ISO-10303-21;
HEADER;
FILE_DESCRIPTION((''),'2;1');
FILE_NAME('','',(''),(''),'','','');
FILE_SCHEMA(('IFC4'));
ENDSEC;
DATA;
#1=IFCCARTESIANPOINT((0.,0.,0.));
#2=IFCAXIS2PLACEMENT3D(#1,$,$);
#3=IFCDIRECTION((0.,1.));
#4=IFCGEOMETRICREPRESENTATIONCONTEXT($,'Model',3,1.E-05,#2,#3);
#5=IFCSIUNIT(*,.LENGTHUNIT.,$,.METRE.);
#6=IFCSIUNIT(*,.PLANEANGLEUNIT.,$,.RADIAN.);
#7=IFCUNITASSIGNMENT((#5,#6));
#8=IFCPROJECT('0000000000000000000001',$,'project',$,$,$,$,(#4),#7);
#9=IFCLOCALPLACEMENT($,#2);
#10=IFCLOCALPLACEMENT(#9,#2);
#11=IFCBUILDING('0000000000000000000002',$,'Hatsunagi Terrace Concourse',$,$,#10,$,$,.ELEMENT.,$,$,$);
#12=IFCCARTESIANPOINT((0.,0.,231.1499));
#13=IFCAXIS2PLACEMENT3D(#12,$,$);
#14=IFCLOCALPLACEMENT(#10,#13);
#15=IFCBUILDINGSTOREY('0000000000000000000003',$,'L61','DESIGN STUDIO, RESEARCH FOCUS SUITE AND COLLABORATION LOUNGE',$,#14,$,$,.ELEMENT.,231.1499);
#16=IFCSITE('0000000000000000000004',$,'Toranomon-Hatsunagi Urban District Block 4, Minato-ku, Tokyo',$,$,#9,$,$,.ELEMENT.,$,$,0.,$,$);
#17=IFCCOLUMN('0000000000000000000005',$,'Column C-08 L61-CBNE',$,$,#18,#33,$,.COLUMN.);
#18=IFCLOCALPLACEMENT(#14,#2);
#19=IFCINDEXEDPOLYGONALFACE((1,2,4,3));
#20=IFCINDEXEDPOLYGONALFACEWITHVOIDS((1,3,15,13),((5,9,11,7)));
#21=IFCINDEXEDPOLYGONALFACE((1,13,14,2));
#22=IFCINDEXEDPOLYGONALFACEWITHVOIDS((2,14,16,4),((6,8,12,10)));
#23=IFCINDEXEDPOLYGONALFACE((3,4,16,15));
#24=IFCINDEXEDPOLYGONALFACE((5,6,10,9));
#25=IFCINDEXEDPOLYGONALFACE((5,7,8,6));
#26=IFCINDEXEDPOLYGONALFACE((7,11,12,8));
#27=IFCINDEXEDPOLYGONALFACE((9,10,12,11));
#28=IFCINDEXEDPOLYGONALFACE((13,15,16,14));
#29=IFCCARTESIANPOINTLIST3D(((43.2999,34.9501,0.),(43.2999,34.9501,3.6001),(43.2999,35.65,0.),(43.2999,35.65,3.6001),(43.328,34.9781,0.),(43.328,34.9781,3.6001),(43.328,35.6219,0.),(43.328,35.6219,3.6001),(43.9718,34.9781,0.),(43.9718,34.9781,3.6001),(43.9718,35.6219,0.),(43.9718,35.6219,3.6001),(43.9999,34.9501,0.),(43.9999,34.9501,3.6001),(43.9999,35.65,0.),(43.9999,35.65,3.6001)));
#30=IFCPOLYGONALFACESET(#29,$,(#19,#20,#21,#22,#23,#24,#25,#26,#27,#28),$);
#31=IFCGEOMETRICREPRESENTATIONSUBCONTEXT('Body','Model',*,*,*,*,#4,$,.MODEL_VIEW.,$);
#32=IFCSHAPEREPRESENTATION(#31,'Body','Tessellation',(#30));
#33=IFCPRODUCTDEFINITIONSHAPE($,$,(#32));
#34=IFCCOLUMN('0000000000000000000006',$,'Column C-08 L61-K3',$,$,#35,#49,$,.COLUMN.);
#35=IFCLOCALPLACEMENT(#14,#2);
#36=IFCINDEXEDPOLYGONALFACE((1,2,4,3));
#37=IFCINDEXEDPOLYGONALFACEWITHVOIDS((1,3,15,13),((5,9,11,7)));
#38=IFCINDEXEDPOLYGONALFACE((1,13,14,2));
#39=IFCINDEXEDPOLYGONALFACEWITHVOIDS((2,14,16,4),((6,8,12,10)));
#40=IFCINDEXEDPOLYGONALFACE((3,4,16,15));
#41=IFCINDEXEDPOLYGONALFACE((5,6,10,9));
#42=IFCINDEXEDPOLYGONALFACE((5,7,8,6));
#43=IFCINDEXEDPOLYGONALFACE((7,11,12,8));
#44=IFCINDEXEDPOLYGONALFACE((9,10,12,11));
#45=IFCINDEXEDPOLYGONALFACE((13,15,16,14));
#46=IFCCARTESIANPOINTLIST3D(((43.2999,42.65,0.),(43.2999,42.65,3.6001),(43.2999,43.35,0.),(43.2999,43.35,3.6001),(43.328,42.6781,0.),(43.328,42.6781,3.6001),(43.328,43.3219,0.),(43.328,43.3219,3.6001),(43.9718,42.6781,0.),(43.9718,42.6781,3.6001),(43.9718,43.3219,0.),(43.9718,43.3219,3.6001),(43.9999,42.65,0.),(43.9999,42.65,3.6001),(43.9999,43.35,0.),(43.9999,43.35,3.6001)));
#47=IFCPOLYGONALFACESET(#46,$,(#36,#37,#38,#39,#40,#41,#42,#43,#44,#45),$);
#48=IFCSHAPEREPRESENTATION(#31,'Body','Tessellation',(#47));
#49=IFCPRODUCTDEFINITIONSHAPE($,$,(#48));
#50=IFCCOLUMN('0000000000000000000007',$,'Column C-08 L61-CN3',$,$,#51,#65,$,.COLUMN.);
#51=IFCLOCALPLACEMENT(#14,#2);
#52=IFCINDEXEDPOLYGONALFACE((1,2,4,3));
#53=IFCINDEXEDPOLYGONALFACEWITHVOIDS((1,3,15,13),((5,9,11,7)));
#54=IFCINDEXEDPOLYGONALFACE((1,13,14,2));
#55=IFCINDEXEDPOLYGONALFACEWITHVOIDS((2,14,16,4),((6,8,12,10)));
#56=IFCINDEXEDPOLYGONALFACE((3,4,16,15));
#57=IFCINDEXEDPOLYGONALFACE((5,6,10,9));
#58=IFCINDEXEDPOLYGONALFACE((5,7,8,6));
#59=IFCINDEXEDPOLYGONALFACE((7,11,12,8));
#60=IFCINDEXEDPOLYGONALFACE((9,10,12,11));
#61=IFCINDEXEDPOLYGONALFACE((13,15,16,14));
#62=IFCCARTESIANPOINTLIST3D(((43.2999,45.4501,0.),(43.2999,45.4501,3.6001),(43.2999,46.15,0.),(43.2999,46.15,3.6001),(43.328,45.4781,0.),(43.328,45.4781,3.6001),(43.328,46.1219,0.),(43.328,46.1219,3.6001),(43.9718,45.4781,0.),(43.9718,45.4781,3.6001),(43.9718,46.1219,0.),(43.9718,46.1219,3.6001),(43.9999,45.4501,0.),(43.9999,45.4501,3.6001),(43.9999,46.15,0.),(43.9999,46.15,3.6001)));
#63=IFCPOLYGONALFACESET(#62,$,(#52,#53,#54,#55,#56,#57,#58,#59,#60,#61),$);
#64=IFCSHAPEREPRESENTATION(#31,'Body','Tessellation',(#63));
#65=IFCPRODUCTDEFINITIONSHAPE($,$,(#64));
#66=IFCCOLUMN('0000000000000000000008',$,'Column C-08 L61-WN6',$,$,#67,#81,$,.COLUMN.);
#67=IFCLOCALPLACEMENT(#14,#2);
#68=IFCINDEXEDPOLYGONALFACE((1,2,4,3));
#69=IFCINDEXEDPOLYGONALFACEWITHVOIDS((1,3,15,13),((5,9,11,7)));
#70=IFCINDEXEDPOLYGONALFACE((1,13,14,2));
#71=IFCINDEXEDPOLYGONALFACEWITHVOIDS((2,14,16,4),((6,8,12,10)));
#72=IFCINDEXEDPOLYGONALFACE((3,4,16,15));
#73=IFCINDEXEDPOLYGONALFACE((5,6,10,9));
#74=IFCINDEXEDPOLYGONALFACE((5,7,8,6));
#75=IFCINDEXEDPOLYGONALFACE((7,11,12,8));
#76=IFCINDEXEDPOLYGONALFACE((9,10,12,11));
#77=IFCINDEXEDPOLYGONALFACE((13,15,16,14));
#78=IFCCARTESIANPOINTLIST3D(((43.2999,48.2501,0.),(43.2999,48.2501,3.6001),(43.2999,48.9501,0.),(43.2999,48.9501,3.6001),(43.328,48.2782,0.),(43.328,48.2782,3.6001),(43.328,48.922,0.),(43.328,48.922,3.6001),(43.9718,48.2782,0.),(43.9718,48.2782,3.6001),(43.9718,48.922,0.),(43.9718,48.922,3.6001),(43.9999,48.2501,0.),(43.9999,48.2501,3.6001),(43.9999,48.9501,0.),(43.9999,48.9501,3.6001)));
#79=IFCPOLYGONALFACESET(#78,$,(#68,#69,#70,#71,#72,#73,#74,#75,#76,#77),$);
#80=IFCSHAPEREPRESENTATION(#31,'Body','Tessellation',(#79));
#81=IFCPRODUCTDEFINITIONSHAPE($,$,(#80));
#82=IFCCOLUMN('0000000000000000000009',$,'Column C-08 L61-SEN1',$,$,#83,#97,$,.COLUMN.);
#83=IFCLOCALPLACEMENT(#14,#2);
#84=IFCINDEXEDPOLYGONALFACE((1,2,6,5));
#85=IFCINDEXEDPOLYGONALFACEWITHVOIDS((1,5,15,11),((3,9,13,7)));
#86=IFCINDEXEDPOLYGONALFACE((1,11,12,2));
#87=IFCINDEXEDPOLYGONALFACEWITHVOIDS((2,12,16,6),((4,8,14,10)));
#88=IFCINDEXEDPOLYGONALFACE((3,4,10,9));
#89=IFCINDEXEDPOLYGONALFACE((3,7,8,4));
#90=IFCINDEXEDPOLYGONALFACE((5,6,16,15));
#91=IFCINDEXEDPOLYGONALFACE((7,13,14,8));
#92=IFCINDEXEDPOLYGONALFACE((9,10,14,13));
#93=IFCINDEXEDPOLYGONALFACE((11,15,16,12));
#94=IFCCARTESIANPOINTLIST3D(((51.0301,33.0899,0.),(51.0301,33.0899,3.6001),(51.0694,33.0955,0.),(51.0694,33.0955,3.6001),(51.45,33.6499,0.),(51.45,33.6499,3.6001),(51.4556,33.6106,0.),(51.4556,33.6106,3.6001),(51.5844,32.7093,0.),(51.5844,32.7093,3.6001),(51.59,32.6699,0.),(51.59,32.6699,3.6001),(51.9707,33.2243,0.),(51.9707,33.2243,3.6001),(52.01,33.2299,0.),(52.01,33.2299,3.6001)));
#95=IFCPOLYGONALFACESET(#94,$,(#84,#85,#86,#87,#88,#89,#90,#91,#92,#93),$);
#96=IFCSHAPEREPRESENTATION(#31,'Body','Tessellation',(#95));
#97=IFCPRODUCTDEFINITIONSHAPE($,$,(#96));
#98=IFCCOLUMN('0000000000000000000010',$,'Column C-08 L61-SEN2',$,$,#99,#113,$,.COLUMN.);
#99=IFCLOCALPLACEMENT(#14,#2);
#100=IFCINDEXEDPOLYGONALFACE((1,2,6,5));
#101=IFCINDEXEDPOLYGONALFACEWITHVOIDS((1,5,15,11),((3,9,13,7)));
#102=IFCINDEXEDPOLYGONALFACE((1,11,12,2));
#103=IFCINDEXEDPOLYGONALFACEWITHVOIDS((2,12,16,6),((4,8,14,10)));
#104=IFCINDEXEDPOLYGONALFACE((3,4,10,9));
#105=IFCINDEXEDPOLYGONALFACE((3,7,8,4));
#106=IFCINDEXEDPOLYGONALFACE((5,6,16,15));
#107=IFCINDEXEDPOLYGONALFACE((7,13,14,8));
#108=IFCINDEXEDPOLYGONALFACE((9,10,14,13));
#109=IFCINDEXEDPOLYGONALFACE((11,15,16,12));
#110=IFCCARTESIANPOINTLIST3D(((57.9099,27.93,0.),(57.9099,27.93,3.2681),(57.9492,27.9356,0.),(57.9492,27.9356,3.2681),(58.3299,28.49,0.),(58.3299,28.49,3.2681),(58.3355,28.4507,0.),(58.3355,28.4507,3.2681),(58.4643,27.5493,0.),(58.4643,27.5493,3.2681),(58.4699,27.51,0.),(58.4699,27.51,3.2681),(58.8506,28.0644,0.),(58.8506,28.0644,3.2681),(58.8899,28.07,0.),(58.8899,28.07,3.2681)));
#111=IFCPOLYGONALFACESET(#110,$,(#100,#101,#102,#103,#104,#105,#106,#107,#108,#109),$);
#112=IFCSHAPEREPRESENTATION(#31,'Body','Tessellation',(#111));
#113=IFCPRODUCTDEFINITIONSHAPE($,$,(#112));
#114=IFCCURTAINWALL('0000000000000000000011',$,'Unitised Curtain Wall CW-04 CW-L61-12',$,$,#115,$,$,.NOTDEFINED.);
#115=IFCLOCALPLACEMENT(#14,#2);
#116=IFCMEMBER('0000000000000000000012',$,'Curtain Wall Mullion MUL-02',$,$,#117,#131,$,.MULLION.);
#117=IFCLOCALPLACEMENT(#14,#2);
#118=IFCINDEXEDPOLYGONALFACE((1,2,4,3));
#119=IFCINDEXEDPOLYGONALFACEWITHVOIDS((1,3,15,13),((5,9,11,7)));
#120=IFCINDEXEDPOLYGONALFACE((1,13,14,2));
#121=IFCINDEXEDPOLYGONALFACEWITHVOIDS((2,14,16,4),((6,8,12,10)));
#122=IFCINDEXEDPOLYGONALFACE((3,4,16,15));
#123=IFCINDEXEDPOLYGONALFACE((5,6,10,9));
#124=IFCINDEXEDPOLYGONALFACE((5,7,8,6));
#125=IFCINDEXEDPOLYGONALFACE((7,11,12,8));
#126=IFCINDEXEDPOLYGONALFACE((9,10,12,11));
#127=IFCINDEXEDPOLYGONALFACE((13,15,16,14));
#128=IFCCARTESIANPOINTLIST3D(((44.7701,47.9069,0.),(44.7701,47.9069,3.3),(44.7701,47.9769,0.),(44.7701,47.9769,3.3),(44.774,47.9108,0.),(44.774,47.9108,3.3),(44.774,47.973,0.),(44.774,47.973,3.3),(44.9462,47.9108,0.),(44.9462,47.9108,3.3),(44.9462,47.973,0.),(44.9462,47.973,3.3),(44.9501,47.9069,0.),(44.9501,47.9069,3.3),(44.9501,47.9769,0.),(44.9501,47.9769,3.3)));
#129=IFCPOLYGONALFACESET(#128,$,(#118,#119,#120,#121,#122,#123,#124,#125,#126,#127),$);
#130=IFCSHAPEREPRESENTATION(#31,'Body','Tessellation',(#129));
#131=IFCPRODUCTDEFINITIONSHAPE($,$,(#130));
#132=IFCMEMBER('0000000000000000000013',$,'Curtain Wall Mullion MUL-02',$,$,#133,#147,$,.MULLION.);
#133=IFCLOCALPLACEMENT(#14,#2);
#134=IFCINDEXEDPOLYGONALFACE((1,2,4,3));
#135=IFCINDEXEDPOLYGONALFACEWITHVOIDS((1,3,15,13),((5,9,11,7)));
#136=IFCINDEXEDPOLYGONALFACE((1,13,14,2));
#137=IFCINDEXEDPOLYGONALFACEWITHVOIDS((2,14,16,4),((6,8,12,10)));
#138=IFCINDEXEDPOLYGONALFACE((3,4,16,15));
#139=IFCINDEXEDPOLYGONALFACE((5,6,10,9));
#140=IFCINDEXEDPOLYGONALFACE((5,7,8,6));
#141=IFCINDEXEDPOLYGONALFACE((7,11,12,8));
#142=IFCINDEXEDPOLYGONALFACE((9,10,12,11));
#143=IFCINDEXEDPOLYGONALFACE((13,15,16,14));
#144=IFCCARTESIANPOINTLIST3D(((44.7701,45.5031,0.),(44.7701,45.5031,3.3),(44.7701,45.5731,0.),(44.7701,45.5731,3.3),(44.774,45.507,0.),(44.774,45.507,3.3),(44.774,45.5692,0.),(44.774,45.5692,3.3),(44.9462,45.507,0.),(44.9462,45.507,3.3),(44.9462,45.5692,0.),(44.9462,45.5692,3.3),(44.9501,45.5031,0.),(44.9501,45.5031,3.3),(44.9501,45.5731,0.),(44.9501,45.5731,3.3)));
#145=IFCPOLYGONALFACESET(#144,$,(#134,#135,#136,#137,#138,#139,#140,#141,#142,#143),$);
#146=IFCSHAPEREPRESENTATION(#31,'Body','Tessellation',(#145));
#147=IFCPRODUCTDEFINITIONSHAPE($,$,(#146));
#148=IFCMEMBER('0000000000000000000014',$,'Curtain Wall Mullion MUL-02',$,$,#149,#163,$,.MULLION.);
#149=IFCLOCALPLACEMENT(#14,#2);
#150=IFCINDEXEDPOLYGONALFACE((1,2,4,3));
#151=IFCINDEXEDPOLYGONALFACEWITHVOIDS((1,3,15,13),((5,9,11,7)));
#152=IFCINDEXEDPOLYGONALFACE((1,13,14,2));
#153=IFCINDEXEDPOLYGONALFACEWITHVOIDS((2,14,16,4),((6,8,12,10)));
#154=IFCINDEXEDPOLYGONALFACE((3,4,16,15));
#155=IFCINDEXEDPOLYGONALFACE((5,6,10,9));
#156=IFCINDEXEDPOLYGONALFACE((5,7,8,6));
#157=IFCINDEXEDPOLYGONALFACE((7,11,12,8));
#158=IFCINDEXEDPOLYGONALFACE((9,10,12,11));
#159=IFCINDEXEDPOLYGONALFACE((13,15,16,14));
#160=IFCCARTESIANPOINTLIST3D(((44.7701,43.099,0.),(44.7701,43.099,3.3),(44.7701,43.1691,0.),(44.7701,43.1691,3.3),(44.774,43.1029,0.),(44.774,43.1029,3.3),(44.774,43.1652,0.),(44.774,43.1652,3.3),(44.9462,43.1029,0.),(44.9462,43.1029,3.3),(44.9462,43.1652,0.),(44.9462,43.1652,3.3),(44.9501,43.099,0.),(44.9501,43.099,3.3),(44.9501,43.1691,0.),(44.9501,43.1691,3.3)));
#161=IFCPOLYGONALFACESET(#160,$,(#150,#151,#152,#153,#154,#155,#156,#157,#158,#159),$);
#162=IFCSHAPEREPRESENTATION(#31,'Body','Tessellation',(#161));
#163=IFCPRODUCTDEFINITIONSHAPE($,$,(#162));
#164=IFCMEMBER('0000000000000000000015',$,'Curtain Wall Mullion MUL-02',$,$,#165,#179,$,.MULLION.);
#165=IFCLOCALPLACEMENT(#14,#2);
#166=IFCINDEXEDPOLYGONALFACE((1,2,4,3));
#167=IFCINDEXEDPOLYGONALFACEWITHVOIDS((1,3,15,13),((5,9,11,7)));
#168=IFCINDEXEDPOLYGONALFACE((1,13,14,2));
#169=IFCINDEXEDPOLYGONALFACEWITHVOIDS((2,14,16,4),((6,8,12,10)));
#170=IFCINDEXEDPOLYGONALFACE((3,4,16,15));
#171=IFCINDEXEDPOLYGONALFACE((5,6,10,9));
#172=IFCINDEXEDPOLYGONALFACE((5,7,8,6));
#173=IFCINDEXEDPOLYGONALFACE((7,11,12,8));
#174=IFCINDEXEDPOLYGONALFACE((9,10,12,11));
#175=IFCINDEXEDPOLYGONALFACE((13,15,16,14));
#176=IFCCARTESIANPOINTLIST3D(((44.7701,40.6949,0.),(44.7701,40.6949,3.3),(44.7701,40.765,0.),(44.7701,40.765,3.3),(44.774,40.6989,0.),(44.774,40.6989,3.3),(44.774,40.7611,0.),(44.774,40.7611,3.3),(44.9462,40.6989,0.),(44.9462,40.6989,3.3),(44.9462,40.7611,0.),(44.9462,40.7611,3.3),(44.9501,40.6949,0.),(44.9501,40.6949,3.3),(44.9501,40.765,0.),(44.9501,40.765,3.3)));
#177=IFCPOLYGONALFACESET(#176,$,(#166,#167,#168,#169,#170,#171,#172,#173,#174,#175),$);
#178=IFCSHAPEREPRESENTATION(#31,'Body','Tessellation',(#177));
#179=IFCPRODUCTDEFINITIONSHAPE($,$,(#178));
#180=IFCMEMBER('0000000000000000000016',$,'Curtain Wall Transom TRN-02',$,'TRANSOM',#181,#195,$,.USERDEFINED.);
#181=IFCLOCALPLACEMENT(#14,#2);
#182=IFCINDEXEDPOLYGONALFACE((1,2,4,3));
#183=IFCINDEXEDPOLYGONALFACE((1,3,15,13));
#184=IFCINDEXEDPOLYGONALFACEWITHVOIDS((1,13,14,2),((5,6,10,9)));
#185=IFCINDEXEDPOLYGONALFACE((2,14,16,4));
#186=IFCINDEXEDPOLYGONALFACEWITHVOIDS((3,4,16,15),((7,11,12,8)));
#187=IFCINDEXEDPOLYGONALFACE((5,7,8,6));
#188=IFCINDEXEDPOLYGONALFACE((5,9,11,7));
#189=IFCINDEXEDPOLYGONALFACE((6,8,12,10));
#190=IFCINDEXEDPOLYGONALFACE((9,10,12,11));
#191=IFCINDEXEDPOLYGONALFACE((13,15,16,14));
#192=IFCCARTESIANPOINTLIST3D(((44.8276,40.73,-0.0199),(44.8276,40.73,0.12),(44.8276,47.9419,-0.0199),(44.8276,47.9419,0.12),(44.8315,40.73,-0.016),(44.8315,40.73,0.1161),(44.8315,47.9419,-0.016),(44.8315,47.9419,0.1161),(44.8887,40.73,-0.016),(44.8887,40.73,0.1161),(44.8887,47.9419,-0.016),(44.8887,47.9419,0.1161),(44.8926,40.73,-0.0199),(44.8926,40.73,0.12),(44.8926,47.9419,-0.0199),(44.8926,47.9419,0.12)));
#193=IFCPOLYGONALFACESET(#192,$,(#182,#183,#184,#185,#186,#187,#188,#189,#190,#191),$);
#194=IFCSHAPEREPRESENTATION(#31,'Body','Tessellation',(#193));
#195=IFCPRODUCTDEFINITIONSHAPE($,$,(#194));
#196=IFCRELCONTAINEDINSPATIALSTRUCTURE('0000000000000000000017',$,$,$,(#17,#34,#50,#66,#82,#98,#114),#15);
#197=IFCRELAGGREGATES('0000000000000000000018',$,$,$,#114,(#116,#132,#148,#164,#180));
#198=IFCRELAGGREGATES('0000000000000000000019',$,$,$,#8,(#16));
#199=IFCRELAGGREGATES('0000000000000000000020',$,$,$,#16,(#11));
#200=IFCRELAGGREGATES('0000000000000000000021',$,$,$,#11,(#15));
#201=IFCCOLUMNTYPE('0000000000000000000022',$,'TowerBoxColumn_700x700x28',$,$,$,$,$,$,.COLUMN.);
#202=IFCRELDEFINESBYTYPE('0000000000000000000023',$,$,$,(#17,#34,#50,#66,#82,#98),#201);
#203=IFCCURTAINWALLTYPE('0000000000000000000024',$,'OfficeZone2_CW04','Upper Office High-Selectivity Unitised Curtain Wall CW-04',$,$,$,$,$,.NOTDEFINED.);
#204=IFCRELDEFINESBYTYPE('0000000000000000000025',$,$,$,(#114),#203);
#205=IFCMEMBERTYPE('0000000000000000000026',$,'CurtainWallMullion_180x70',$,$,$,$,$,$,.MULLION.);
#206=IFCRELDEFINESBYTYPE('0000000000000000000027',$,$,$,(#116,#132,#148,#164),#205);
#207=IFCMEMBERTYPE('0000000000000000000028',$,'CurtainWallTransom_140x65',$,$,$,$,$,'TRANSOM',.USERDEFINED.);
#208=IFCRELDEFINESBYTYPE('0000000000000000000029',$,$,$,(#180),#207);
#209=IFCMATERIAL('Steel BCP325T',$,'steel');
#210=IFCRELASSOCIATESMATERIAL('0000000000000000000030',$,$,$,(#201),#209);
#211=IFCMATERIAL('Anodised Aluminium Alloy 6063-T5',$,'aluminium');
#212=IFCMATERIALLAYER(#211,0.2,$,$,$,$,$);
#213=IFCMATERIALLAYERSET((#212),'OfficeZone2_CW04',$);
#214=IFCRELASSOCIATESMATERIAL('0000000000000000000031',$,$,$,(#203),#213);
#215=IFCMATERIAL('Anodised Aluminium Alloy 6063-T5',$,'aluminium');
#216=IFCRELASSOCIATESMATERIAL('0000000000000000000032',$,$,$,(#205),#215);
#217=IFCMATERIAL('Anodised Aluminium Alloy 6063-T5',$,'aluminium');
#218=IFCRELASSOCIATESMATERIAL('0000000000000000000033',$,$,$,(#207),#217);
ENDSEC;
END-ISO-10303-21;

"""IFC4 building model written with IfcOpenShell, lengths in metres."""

from ifc_helpers import new_model, si_unit, direction, frame, origin, origin_2d, place, context, subcontext, project, spatial, hollow_rectangle, extrude, material, layer, layer_set, material_profile, profile_set, type_object, element, aggregate, save


model = new_model("IFC4")

# Units and contexts
model_context = context("Model", 3, precision=1e-05, world=origin(), true_north=direction((0.0, 1.0)))
body_context = subcontext(model_context, "Body", "Model", "MODEL_VIEW")
ifc_project = project(units=[si_unit("LENGTHUNIT", "METRE"), si_unit("PLANEANGLEUNIT", "RADIAN")], contexts=[model_context])

# Site, building, storey
site_placement = place(None, origin())
site = spatial("IfcSite", under=ifc_project, at=site_placement, Name="Toranomon-Hatsunagi Urban District Block 4, Minato-ku, Tokyo", CompositionType="ELEMENT", RefElevation=0.0)
building_placement = place(site_placement, origin())
building = spatial("IfcBuilding", under=site, at=building_placement, Name="Hatsunagi Terrace Concourse", CompositionType="ELEMENT")
storey_placement = place(building_placement, frame((0.0, 0.0, 231.1499)))
storey = spatial("IfcBuildingStorey", under=building, at=storey_placement, Name="L61", Description="DESIGN STUDIO, RESEARCH FOCUS SUITE AND COLLABORATION LOUNGE", CompositionType="ELEMENT", Elevation=231.1499)

# Columns
ifc_material_1 = material(Name="Steel BCP325T", Category="steel")
ifc_material_profile_1 = material_profile(ifc_material_1, hollow_rectangle(XDim=0.7, YDim=0.7, WallThickness=0.0281, at=origin_2d()), Name="BCP-700x700x28")
ifc_profile_set_1 = profile_set([ifc_material_profile_1], Name="Steel BCP325T")
column_type = type_object("IfcColumnType", Name="TowerBoxColumn_700x700x28", PredefinedType="COLUMN", material=ifc_profile_set_1)
for number, where, z_axis, x_axis, name in (
    (1, (43.6499, 35.3, 0.0), (0.0, 0.0, 1.0), (1.0, 0.0, 0.0), "Column C-08 L61-CBNE"),
    (2, (43.6499, 43.0, 0.0), (0.0, 0.0, 1.0), (1.0, 0.0, 0.0), "Column C-08 L61-K3"),
    (3, (43.6499, 45.8, 0.0), (0.0, 0.0, 1.0), (1.0, 0.0, 0.0), "Column C-08 L61-CN3"),
    (4, (43.6499, 48.6001, 0.0), (0.0, 0.0, 1.0), (1.0, 0.0, 0.0), "Column C-08 L61-WN6"),
    (5, (51.52, 33.1599, 0.0), (0.0, 0.0, 1.0), (0.8, -0.6, 0.0), "Column C-08 L61-SEN1"),
):
    element("IfcColumn", number, at=place(storey_placement, frame(where, z_axis=z_axis, x_axis=x_axis)), inside=storey, type_object=column_type, Name=name, PredefinedType="COLUMN", context=body_context, shape_type="SweptSolid", body=[
        extrude(hollow_rectangle(XDim=0.7, YDim=0.7, WallThickness=0.0281, at=origin_2d()), origin(), (0.0, 0.0, 1.0), 3.6001),
    ])
column_placement = place(storey_placement, frame((58.3999, 28.0, 0.0), z_axis=(0.0, 0.0, 1.0), x_axis=(0.8, -0.6, 0.0)))
element("IfcColumn", 6, at=column_placement, inside=storey, type_object=column_type, Name="Column C-08 L61-SEN2", PredefinedType="COLUMN", context=body_context, shape_type="SweptSolid", body=[
    extrude(hollow_rectangle(XDim=0.7, YDim=0.7, WallThickness=0.0281, at=origin_2d()), origin(), (0.0, 0.0, 1.0), 3.2681),
])

# Curtain wall, members
ifc_material_2 = material(Name="Anodised Aluminium Alloy 6063-T5", Category="aluminium")
ifc_layer_1 = layer(ifc_material_2, 0.2)
ifc_layer_set_1 = layer_set([ifc_layer_1], Name="OfficeZone2_CW04")
curtain_wall_type = type_object("IfcCurtainWallType", Name="OfficeZone2_CW04", Description="Upper Office High-Selectivity Unitised Curtain Wall CW-04", PredefinedType="NOTDEFINED", material=ifc_layer_set_1)
curtain_wall_placement = place(storey_placement, origin())
curtain_wall = element("IfcCurtainWall", 7, at=curtain_wall_placement, inside=storey, type_object=curtain_wall_type, Name="Unitised Curtain Wall CW-04 CW-L61-12", PredefinedType="NOTDEFINED")
ifc_material_3 = material(Name="Anodised Aluminium Alloy 6063-T5", Category="aluminium")
ifc_material_profile_2 = material_profile(ifc_material_3, hollow_rectangle(XDim=0.0701, YDim=0.1799, WallThickness=0.0039, at=origin_2d()), Name="ALU-MUL-180x70x4")
ifc_profile_set_2 = profile_set([ifc_material_profile_2], Name="Anodised Aluminium Alloy 6063-T5")
member_type_1 = type_object("IfcMemberType", Name="CurtainWallMullion_180x70", PredefinedType="MULLION", material=ifc_profile_set_2)
member_1_placement = place(storey_placement, frame((44.8601, 47.9419, 0.0), z_axis=(0.0, 0.0, 1.0), x_axis=(0.0, -1.0, 0.0)))
member_1 = element("IfcMember", 8, at=member_1_placement, type_object=member_type_1, Name="Curtain Wall Mullion MUL-02", PredefinedType="MULLION", context=body_context, shape_type="SweptSolid", body=[
    extrude(hollow_rectangle(XDim=0.0701, YDim=0.1799, WallThickness=0.0039, at=origin_2d()), origin(), (0.0, 0.0, 1.0), 3.3),
])
member_2_placement = place(storey_placement, frame((44.8601, 45.5381, 0.0), z_axis=(0.0, 0.0, 1.0), x_axis=(0.0, -1.0, 0.0)))
member_2 = element("IfcMember", 9, at=member_2_placement, type_object=member_type_1, Name="Curtain Wall Mullion MUL-02", PredefinedType="MULLION", context=body_context, shape_type="SweptSolid", body=[
    extrude(hollow_rectangle(XDim=0.0701, YDim=0.1799, WallThickness=0.0039, at=origin_2d()), origin(), (0.0, 0.0, 1.0), 3.3),
])
member_3_placement = place(storey_placement, frame((44.8601, 43.134, 0.0), z_axis=(0.0, 0.0, 1.0), x_axis=(0.0, -1.0, 0.0)))
member_3 = element("IfcMember", 10, at=member_3_placement, type_object=member_type_1, Name="Curtain Wall Mullion MUL-02", PredefinedType="MULLION", context=body_context, shape_type="SweptSolid", body=[
    extrude(hollow_rectangle(XDim=0.0701, YDim=0.1799, WallThickness=0.0039, at=origin_2d()), origin(), (0.0, 0.0, 1.0), 3.3),
])
member_4_placement = place(storey_placement, frame((44.8601, 40.73, 0.0), z_axis=(0.0, 0.0, 1.0), x_axis=(0.0, -1.0, 0.0)))
member_4 = element("IfcMember", 11, at=member_4_placement, type_object=member_type_1, Name="Curtain Wall Mullion MUL-02", PredefinedType="MULLION", context=body_context, shape_type="SweptSolid", body=[
    extrude(hollow_rectangle(XDim=0.0701, YDim=0.1799, WallThickness=0.0039, at=origin_2d()), origin(), (0.0, 0.0, 1.0), 3.3),
])
ifc_material_4 = material(Name="Anodised Aluminium Alloy 6063-T5", Category="aluminium")
ifc_material_profile_3 = material_profile(ifc_material_4, hollow_rectangle(XDim=0.0649, YDim=0.1399, WallThickness=0.0039, at=origin_2d()), Name="ALU-TRN-140x65x4")
ifc_profile_set_3 = profile_set([ifc_material_profile_3], Name="Anodised Aluminium Alloy 6063-T5")
member_type_2 = type_object("IfcMemberType", Name="CurtainWallTransom_140x65", ElementType="TRANSOM", PredefinedType="USERDEFINED", material=ifc_profile_set_3)
member_5_placement = place(storey_placement, frame((44.8601, 47.9419, 0.05), z_axis=(0.0, -1.0, 0.0), x_axis=(1.0, 0.0, 0.0)))
member_5 = element("IfcMember", 12, at=member_5_placement, type_object=member_type_2, Name="Curtain Wall Transom TRN-02", ObjectType="TRANSOM", PredefinedType="USERDEFINED", context=body_context, shape_type="SweptSolid", body=[
    extrude(hollow_rectangle(XDim=0.0649, YDim=0.1399, WallThickness=0.0039, at=origin_2d()), origin(), (0.0, 0.0, 1.0), 7.2119),
])

aggregate(curtain_wall, [member_1, member_2, member_3, member_4, member_5])

save(model, "model.ifc")
